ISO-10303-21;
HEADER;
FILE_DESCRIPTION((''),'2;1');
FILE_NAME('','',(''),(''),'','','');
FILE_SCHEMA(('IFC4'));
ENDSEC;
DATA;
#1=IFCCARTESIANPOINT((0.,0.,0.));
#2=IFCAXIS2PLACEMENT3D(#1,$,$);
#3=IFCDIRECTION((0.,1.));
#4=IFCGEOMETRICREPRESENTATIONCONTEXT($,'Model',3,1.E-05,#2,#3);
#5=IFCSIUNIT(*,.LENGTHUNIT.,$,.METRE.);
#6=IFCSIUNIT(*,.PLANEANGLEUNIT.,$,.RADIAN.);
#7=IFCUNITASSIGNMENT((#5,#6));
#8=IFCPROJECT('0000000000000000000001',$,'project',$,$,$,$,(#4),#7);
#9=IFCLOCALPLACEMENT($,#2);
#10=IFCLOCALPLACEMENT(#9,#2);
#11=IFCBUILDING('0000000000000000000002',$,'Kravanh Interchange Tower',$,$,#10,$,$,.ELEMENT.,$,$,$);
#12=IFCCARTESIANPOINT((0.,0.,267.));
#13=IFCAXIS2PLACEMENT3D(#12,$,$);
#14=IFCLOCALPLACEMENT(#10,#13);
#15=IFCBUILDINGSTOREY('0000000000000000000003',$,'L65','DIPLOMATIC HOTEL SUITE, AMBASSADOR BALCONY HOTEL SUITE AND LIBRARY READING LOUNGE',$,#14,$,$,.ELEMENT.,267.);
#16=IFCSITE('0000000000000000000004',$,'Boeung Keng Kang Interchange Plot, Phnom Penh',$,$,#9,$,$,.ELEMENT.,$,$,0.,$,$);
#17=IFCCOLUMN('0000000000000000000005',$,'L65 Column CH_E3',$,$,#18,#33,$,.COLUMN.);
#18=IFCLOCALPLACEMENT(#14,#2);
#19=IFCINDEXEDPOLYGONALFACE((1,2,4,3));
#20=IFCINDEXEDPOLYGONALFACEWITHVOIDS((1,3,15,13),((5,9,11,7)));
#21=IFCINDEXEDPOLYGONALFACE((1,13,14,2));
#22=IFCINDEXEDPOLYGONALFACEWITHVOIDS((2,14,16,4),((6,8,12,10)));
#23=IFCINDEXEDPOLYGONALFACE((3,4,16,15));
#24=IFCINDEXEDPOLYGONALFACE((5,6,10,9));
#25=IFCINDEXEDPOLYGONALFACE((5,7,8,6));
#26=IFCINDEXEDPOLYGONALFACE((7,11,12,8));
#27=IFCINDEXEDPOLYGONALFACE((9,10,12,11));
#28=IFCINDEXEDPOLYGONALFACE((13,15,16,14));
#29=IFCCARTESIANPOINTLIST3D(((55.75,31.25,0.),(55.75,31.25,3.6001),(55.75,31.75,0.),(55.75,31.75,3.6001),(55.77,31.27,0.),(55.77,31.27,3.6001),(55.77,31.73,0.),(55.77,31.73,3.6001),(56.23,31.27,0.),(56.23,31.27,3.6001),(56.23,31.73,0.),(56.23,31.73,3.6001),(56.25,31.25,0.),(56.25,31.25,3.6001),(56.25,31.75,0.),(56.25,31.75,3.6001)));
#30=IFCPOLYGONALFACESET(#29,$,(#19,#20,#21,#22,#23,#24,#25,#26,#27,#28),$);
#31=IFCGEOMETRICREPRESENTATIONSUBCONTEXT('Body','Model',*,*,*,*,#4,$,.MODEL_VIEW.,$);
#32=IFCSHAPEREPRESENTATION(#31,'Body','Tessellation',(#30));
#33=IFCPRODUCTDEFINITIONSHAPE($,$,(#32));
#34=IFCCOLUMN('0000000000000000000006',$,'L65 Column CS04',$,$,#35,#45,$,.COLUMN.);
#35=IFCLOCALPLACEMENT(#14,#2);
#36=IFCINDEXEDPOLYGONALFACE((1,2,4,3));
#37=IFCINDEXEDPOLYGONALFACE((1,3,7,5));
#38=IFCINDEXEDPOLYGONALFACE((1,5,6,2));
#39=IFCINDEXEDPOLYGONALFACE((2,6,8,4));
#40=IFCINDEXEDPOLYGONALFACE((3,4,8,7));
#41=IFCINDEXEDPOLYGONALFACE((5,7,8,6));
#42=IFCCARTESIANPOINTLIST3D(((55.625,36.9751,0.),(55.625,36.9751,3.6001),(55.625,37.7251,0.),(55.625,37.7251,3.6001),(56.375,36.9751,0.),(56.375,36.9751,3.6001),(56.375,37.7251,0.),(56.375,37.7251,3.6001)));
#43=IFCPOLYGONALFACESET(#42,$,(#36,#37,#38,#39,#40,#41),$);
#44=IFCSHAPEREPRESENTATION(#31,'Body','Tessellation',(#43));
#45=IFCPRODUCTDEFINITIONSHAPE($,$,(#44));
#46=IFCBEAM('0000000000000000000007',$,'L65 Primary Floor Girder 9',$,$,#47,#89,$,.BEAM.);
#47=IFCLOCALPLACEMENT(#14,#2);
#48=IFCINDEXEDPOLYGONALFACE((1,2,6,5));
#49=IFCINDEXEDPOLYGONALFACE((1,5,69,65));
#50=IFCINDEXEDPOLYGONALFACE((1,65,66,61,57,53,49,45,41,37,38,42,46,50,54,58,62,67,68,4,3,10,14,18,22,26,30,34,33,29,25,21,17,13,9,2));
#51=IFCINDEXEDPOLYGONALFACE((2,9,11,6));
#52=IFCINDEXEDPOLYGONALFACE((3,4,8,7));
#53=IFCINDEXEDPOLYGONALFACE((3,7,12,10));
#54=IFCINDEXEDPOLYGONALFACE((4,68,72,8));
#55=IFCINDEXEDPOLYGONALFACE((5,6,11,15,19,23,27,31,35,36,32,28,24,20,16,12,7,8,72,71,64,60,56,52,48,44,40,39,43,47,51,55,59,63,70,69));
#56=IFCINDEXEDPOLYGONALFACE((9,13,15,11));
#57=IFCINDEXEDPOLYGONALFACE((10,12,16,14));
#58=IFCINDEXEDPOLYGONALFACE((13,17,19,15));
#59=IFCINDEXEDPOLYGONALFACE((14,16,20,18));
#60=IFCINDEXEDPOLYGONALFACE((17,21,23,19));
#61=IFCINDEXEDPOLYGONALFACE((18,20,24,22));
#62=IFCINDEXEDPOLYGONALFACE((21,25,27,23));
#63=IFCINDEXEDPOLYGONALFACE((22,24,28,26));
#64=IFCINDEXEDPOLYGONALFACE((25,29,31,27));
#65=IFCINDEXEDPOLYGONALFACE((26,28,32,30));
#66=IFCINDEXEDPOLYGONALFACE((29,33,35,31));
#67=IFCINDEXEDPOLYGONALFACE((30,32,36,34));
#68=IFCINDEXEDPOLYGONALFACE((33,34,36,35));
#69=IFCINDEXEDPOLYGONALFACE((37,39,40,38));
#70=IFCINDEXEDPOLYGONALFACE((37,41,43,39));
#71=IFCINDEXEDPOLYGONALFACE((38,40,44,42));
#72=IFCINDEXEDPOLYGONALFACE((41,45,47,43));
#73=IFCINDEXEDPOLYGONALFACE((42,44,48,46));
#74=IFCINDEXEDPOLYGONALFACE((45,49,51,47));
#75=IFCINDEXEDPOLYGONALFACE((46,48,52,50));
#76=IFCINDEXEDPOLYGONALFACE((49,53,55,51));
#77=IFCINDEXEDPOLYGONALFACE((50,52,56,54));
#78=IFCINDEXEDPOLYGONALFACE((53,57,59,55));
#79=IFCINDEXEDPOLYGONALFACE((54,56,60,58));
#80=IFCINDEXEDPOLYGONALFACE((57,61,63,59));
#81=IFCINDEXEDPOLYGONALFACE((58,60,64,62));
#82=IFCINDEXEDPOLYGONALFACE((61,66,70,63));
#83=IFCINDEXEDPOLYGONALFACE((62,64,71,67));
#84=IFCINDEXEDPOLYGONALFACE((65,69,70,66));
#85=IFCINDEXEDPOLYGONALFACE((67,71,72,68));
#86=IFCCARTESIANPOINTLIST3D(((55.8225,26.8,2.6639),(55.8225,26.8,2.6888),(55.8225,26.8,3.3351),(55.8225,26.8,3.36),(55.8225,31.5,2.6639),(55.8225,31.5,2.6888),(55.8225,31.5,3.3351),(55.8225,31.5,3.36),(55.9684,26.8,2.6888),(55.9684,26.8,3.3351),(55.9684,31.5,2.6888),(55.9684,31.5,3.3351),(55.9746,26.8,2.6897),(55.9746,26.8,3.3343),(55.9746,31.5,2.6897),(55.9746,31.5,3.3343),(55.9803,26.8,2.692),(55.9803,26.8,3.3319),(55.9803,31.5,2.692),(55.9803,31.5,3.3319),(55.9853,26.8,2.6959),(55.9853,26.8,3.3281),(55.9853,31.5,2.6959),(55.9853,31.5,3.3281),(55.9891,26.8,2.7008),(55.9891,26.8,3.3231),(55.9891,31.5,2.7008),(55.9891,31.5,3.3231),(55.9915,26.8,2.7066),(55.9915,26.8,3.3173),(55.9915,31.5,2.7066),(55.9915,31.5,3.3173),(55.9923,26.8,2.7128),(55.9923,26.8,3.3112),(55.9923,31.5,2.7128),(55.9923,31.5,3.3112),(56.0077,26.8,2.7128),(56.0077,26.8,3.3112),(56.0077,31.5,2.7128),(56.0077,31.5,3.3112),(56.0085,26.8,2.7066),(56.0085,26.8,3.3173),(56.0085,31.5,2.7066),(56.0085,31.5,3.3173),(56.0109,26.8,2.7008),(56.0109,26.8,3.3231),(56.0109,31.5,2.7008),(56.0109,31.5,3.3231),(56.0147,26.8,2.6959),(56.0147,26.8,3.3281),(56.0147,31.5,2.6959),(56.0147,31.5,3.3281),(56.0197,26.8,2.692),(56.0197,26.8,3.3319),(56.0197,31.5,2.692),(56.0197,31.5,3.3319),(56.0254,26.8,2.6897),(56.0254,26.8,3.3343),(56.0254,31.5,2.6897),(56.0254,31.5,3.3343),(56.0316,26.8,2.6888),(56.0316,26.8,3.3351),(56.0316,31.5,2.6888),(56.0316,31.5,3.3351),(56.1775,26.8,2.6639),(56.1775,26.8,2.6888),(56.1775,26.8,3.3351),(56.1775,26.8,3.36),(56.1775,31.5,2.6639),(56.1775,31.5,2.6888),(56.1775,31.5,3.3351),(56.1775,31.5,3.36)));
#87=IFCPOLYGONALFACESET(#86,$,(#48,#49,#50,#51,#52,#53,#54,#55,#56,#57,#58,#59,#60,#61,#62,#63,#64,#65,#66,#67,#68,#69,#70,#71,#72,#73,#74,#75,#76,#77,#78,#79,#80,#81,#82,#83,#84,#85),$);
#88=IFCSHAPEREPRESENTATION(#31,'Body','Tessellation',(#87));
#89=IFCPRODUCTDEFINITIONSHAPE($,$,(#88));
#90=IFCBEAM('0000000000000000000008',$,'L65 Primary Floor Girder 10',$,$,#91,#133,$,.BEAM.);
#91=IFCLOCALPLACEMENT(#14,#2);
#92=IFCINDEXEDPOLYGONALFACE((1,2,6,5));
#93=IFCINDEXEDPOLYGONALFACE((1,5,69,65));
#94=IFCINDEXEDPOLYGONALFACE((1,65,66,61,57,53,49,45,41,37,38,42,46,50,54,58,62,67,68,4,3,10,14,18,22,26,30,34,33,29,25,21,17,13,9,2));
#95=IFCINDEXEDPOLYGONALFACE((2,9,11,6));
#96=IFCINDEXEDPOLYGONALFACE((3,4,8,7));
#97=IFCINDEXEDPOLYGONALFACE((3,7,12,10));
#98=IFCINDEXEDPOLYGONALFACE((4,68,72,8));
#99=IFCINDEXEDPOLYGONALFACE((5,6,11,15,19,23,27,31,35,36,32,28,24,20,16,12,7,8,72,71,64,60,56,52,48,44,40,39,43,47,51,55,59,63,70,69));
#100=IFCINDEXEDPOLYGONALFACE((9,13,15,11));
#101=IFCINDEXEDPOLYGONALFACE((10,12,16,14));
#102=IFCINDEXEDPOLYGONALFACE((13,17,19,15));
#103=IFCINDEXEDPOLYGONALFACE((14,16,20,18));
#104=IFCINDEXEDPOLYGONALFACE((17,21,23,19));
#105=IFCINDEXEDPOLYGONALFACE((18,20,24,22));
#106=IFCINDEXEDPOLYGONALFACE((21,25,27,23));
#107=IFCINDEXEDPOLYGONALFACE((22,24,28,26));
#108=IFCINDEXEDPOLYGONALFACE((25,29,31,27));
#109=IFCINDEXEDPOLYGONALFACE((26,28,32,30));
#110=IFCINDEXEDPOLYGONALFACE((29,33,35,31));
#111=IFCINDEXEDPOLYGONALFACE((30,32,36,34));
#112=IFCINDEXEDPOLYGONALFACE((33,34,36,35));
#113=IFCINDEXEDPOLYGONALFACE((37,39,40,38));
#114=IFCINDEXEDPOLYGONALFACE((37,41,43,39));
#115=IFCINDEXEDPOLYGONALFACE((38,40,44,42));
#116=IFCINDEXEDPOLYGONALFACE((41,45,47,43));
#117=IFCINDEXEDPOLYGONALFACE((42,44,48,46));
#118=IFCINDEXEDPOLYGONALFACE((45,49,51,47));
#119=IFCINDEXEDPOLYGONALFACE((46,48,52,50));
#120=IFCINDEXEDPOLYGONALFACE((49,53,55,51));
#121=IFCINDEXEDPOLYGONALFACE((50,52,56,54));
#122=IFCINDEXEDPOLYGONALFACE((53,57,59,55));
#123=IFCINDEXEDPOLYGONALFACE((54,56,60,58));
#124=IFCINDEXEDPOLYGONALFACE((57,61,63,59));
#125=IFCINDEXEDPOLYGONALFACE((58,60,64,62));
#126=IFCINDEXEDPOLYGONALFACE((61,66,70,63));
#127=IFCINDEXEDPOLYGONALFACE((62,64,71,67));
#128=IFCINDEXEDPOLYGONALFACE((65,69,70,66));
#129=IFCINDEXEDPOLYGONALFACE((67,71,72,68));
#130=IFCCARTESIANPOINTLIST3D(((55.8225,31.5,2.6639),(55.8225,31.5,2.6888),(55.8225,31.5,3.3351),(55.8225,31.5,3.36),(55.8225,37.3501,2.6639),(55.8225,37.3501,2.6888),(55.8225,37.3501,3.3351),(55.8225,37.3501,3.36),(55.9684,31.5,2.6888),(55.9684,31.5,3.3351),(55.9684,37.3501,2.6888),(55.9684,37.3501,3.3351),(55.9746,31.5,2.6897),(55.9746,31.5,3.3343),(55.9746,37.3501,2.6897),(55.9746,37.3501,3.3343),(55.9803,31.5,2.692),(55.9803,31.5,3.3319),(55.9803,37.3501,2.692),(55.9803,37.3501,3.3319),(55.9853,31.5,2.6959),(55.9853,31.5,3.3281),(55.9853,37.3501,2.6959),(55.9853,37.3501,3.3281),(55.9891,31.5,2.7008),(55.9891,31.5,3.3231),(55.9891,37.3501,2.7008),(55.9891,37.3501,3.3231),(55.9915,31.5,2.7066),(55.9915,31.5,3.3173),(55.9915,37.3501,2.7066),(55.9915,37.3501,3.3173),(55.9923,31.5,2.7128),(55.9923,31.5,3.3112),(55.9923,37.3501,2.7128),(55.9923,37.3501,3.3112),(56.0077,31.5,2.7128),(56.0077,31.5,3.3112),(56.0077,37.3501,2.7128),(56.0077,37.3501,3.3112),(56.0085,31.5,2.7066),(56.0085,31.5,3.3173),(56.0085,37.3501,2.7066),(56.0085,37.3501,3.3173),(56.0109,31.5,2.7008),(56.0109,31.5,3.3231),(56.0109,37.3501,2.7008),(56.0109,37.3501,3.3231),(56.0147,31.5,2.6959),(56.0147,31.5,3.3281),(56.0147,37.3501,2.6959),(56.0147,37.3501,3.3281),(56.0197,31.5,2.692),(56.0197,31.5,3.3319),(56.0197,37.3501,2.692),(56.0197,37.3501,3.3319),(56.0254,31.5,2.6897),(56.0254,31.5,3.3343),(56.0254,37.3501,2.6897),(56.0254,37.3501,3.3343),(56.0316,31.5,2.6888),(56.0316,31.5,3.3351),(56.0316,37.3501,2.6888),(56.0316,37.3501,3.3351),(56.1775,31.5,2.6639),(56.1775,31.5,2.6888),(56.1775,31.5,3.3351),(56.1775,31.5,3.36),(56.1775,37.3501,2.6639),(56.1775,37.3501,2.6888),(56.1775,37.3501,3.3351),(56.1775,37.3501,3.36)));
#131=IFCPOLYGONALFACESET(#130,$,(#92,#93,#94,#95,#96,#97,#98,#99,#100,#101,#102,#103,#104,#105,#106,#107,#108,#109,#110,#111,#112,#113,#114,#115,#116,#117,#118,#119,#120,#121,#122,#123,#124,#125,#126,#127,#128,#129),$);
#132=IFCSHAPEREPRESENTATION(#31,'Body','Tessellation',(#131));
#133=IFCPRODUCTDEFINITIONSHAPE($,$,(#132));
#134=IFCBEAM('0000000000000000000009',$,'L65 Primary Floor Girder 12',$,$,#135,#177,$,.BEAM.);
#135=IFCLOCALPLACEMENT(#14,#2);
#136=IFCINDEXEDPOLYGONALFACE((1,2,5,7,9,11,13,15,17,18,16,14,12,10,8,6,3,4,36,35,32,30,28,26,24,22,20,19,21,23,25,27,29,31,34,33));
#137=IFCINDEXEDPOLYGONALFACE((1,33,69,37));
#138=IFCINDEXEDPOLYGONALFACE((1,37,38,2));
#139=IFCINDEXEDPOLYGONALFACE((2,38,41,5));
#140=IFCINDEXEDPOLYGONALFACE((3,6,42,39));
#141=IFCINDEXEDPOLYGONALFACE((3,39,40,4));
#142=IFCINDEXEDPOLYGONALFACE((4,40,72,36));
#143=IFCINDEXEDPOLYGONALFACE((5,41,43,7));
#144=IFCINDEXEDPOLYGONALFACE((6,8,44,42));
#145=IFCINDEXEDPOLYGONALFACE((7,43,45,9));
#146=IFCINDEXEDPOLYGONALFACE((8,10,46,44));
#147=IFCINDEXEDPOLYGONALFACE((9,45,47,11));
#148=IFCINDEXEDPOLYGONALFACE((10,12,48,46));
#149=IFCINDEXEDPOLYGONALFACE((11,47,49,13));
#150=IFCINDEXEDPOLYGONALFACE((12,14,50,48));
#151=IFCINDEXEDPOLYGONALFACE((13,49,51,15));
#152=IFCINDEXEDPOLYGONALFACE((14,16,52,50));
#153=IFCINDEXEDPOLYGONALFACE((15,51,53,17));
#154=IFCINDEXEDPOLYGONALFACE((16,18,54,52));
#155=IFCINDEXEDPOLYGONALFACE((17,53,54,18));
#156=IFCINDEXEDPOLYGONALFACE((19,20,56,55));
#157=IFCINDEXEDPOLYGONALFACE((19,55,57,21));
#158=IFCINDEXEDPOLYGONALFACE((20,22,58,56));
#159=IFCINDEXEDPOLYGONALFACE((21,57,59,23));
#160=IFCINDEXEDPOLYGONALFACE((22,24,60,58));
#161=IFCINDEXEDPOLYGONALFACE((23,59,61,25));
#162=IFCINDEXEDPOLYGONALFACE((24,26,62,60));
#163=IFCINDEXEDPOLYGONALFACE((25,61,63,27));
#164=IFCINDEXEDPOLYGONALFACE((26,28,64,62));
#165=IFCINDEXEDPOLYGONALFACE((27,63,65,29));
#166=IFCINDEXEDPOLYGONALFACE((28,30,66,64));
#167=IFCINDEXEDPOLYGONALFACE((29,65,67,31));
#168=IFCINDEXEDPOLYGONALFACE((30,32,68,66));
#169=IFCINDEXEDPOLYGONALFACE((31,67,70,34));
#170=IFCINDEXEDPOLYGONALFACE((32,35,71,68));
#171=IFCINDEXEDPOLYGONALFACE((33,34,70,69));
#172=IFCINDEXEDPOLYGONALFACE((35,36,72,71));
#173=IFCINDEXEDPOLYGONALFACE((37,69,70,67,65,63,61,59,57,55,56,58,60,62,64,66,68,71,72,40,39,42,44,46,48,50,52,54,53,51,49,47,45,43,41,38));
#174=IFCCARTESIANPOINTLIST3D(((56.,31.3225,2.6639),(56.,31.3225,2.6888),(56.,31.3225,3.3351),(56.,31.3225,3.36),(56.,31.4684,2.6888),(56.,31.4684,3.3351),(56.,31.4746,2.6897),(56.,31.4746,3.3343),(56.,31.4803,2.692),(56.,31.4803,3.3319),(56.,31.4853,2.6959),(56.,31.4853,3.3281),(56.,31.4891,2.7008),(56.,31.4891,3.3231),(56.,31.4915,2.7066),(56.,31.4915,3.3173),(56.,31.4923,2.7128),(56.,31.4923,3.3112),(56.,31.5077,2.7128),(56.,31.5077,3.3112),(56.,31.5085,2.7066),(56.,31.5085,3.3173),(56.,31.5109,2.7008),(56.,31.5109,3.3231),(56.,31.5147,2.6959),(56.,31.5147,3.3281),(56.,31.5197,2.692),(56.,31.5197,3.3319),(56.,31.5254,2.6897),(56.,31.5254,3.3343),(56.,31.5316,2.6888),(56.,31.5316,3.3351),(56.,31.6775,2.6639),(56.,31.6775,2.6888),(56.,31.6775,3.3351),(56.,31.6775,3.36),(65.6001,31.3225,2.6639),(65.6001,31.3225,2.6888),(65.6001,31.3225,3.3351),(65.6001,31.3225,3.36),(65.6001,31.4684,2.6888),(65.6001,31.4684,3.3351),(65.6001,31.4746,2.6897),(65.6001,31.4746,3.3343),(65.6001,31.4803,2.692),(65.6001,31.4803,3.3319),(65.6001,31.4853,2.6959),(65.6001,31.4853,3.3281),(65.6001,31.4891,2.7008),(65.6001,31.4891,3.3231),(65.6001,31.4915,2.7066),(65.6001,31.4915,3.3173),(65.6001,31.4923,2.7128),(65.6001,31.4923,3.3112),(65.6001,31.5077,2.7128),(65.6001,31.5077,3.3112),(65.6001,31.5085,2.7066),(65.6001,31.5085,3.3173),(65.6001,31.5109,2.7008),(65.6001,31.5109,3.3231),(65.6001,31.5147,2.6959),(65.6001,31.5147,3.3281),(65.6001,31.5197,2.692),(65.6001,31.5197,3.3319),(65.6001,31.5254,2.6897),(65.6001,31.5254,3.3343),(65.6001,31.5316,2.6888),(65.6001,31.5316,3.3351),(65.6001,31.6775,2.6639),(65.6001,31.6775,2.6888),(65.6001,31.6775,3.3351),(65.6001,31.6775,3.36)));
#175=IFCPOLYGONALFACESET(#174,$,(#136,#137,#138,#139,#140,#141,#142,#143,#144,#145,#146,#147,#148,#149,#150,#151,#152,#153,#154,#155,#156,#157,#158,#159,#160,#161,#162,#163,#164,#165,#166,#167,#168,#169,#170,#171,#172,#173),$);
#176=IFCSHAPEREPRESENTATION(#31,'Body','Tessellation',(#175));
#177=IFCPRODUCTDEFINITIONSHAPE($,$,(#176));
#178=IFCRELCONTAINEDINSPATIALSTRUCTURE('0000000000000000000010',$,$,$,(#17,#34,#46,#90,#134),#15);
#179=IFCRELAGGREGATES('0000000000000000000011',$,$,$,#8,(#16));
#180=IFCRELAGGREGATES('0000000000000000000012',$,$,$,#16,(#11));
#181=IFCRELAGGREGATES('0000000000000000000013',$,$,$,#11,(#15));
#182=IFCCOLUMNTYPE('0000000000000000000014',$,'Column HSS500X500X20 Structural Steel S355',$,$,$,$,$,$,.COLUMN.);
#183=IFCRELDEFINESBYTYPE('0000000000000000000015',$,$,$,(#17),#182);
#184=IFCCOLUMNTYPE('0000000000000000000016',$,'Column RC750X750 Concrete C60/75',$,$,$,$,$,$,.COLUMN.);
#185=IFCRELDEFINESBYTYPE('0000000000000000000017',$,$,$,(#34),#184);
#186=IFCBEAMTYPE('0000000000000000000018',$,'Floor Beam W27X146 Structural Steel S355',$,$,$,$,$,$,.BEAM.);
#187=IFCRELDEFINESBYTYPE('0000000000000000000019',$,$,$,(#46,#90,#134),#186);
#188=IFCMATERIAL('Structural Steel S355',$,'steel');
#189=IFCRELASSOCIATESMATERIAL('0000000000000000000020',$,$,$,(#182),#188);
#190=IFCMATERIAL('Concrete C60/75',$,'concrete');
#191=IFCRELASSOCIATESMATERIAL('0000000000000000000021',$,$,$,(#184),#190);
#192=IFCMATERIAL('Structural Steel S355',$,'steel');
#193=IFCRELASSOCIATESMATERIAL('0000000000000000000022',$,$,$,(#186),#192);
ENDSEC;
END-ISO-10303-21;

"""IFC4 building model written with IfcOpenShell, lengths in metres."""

from ifc_helpers import new_model, si_unit, direction, frame, origin, origin_2d, place, context, subcontext, project, spatial, rectangle, hollow_rectangle, i_section, extrude, material, material_profile, profile_set, type_object, element, save


model = new_model("IFC4")

# Units and contexts
model_context = context("Model", 3, precision=1e-05, world=origin(), true_north=direction((0.0, 1.0)))
body_context = subcontext(model_context, "Body", "Model", "MODEL_VIEW")
ifc_project = project(units=[si_unit("LENGTHUNIT", "METRE"), si_unit("PLANEANGLEUNIT", "RADIAN")], contexts=[model_context])

# Site, building, storey
site_placement = place(None, origin())
site = spatial("IfcSite", under=ifc_project, at=site_placement, Name="Boeung Keng Kang Interchange Plot, Phnom Penh", CompositionType="ELEMENT", RefElevation=0.0)
building_placement = place(site_placement, origin())
building = spatial("IfcBuilding", under=site, at=building_placement, Name="Kravanh Interchange Tower", CompositionType="ELEMENT")
storey_placement = place(building_placement, frame((0.0, 0.0, 267.0)))
storey = spatial("IfcBuildingStorey", under=building, at=storey_placement, Name="L65", Description="DIPLOMATIC HOTEL SUITE, AMBASSADOR BALCONY HOTEL SUITE AND LIBRARY READING LOUNGE", CompositionType="ELEMENT", Elevation=267.0)

# Columns
ifc_material_1 = material(Name="Structural Steel S355", Category="steel")
ifc_material_profile_1 = material_profile(ifc_material_1, hollow_rectangle(XDim=0.5, YDim=0.5, WallThickness=0.02, at=origin_2d()), Name="HSS500X500X20")
ifc_profile_set_1 = profile_set([ifc_material_profile_1], Name="Structural Steel S355")
column_type_1 = type_object("IfcColumnType", Name="Column HSS500X500X20 Structural Steel S355", PredefinedType="COLUMN", material=ifc_profile_set_1)
column_1_placement = place(storey_placement, frame((56.0, 31.5, 0.0), z_axis=(0.0, 0.0, 1.0), x_axis=(1.0, 0.0, 0.0)))
element("IfcColumn", 1, at=column_1_placement, inside=storey, type_object=column_type_1, Name="L65 Column CH_E3", PredefinedType="COLUMN", context=body_context, shape_type="SweptSolid", body=[
    extrude(hollow_rectangle(XDim=0.5, YDim=0.5, WallThickness=0.02, at=origin_2d()), origin(), (0.0, 0.0, 1.0), 3.6001),
])
ifc_material_2 = material(Name="Concrete C60/75", Category="concrete")
ifc_material_profile_2 = material_profile(ifc_material_2, rectangle(XDim=0.75, YDim=0.75, at=origin_2d()), Name="RC750X750")
ifc_profile_set_2 = profile_set([ifc_material_profile_2], Name="Concrete C60/75")
column_type_2 = type_object("IfcColumnType", Name="Column RC750X750 Concrete C60/75", PredefinedType="COLUMN", material=ifc_profile_set_2)
column_2_placement = place(storey_placement, frame((56.0, 37.3501, 0.0), z_axis=(0.0, 0.0, 1.0), x_axis=(1.0, 0.0, 0.0)))
element("IfcColumn", 2, at=column_2_placement, inside=storey, type_object=column_type_2, Name="L65 Column CS04", PredefinedType="COLUMN", context=body_context, shape_type="SweptSolid", body=[
    extrude(rectangle(XDim=0.75, YDim=0.75, at=origin_2d()), origin(), (0.0, 0.0, 1.0), 3.6001),
])

# Beams
ifc_material_3 = material(Name="Structural Steel S355", Category="steel")
ifc_material_profile_3 = material_profile(ifc_material_3, i_section(OverallWidth=0.355, OverallDepth=0.696, WebThickness=0.0154, FlangeThickness=0.0249, FilletRadius=0.0239, at=origin_2d()), Name="W27X146")
ifc_profile_set_3 = profile_set([ifc_material_profile_3], Name="Structural Steel S355")
beam_type_1 = type_object("IfcBeamType", Name="Floor Beam W27X146 Structural Steel S355", PredefinedType="BEAM", material=ifc_profile_set_3)
beam_1_placement = place(storey_placement, frame((56.0, 31.5, 3.012), z_axis=(0.0, -1.0, 0.0), x_axis=(1.0, 0.0, 0.0)))
element("IfcBeam", 3, at=beam_1_placement, inside=storey, type_object=beam_type_1, Name="L65 Primary Floor Girder 9", PredefinedType="BEAM", context=body_context, shape_type="SweptSolid", body=[
    extrude(i_section(OverallWidth=0.355, OverallDepth=0.696, WebThickness=0.0154, FlangeThickness=0.0249, FilletRadius=0.0239, at=origin_2d()), origin(), (0.0, 0.0, 1.0), 4.7),
])
beam_2_placement = place(storey_placement, frame((56.0, 31.5, 3.012), z_axis=(0.0, 1.0, 0.0), x_axis=(-1.0, 0.0, 0.0)))
element("IfcBeam", 4, at=beam_2_placement, inside=storey, type_object=beam_type_1, Name="L65 Primary Floor Girder 10", PredefinedType="BEAM", context=body_context, shape_type="SweptSolid", body=[
    extrude(i_section(OverallWidth=0.355, OverallDepth=0.696, WebThickness=0.0154, FlangeThickness=0.0249, FilletRadius=0.0239, at=origin_2d()), origin(), (0.0, 0.0, 1.0), 5.8501),
])
beam_3_placement = place(storey_placement, frame((56.0, 31.5, 3.012), z_axis=(1.0, 0.0, 0.0), x_axis=(0.0, 1.0, 0.0)))
element("IfcBeam", 5, at=beam_3_placement, inside=storey, type_object=beam_type_1, Name="L65 Primary Floor Girder 12", PredefinedType="BEAM", context=body_context, shape_type="SweptSolid", body=[
    extrude(i_section(OverallWidth=0.355, OverallDepth=0.696, WebThickness=0.0154, FlangeThickness=0.0249, FilletRadius=0.0239, at=origin_2d()), origin(), (0.0, 0.0, 1.0), 9.6001),
])

save(model, "model.ifc")
